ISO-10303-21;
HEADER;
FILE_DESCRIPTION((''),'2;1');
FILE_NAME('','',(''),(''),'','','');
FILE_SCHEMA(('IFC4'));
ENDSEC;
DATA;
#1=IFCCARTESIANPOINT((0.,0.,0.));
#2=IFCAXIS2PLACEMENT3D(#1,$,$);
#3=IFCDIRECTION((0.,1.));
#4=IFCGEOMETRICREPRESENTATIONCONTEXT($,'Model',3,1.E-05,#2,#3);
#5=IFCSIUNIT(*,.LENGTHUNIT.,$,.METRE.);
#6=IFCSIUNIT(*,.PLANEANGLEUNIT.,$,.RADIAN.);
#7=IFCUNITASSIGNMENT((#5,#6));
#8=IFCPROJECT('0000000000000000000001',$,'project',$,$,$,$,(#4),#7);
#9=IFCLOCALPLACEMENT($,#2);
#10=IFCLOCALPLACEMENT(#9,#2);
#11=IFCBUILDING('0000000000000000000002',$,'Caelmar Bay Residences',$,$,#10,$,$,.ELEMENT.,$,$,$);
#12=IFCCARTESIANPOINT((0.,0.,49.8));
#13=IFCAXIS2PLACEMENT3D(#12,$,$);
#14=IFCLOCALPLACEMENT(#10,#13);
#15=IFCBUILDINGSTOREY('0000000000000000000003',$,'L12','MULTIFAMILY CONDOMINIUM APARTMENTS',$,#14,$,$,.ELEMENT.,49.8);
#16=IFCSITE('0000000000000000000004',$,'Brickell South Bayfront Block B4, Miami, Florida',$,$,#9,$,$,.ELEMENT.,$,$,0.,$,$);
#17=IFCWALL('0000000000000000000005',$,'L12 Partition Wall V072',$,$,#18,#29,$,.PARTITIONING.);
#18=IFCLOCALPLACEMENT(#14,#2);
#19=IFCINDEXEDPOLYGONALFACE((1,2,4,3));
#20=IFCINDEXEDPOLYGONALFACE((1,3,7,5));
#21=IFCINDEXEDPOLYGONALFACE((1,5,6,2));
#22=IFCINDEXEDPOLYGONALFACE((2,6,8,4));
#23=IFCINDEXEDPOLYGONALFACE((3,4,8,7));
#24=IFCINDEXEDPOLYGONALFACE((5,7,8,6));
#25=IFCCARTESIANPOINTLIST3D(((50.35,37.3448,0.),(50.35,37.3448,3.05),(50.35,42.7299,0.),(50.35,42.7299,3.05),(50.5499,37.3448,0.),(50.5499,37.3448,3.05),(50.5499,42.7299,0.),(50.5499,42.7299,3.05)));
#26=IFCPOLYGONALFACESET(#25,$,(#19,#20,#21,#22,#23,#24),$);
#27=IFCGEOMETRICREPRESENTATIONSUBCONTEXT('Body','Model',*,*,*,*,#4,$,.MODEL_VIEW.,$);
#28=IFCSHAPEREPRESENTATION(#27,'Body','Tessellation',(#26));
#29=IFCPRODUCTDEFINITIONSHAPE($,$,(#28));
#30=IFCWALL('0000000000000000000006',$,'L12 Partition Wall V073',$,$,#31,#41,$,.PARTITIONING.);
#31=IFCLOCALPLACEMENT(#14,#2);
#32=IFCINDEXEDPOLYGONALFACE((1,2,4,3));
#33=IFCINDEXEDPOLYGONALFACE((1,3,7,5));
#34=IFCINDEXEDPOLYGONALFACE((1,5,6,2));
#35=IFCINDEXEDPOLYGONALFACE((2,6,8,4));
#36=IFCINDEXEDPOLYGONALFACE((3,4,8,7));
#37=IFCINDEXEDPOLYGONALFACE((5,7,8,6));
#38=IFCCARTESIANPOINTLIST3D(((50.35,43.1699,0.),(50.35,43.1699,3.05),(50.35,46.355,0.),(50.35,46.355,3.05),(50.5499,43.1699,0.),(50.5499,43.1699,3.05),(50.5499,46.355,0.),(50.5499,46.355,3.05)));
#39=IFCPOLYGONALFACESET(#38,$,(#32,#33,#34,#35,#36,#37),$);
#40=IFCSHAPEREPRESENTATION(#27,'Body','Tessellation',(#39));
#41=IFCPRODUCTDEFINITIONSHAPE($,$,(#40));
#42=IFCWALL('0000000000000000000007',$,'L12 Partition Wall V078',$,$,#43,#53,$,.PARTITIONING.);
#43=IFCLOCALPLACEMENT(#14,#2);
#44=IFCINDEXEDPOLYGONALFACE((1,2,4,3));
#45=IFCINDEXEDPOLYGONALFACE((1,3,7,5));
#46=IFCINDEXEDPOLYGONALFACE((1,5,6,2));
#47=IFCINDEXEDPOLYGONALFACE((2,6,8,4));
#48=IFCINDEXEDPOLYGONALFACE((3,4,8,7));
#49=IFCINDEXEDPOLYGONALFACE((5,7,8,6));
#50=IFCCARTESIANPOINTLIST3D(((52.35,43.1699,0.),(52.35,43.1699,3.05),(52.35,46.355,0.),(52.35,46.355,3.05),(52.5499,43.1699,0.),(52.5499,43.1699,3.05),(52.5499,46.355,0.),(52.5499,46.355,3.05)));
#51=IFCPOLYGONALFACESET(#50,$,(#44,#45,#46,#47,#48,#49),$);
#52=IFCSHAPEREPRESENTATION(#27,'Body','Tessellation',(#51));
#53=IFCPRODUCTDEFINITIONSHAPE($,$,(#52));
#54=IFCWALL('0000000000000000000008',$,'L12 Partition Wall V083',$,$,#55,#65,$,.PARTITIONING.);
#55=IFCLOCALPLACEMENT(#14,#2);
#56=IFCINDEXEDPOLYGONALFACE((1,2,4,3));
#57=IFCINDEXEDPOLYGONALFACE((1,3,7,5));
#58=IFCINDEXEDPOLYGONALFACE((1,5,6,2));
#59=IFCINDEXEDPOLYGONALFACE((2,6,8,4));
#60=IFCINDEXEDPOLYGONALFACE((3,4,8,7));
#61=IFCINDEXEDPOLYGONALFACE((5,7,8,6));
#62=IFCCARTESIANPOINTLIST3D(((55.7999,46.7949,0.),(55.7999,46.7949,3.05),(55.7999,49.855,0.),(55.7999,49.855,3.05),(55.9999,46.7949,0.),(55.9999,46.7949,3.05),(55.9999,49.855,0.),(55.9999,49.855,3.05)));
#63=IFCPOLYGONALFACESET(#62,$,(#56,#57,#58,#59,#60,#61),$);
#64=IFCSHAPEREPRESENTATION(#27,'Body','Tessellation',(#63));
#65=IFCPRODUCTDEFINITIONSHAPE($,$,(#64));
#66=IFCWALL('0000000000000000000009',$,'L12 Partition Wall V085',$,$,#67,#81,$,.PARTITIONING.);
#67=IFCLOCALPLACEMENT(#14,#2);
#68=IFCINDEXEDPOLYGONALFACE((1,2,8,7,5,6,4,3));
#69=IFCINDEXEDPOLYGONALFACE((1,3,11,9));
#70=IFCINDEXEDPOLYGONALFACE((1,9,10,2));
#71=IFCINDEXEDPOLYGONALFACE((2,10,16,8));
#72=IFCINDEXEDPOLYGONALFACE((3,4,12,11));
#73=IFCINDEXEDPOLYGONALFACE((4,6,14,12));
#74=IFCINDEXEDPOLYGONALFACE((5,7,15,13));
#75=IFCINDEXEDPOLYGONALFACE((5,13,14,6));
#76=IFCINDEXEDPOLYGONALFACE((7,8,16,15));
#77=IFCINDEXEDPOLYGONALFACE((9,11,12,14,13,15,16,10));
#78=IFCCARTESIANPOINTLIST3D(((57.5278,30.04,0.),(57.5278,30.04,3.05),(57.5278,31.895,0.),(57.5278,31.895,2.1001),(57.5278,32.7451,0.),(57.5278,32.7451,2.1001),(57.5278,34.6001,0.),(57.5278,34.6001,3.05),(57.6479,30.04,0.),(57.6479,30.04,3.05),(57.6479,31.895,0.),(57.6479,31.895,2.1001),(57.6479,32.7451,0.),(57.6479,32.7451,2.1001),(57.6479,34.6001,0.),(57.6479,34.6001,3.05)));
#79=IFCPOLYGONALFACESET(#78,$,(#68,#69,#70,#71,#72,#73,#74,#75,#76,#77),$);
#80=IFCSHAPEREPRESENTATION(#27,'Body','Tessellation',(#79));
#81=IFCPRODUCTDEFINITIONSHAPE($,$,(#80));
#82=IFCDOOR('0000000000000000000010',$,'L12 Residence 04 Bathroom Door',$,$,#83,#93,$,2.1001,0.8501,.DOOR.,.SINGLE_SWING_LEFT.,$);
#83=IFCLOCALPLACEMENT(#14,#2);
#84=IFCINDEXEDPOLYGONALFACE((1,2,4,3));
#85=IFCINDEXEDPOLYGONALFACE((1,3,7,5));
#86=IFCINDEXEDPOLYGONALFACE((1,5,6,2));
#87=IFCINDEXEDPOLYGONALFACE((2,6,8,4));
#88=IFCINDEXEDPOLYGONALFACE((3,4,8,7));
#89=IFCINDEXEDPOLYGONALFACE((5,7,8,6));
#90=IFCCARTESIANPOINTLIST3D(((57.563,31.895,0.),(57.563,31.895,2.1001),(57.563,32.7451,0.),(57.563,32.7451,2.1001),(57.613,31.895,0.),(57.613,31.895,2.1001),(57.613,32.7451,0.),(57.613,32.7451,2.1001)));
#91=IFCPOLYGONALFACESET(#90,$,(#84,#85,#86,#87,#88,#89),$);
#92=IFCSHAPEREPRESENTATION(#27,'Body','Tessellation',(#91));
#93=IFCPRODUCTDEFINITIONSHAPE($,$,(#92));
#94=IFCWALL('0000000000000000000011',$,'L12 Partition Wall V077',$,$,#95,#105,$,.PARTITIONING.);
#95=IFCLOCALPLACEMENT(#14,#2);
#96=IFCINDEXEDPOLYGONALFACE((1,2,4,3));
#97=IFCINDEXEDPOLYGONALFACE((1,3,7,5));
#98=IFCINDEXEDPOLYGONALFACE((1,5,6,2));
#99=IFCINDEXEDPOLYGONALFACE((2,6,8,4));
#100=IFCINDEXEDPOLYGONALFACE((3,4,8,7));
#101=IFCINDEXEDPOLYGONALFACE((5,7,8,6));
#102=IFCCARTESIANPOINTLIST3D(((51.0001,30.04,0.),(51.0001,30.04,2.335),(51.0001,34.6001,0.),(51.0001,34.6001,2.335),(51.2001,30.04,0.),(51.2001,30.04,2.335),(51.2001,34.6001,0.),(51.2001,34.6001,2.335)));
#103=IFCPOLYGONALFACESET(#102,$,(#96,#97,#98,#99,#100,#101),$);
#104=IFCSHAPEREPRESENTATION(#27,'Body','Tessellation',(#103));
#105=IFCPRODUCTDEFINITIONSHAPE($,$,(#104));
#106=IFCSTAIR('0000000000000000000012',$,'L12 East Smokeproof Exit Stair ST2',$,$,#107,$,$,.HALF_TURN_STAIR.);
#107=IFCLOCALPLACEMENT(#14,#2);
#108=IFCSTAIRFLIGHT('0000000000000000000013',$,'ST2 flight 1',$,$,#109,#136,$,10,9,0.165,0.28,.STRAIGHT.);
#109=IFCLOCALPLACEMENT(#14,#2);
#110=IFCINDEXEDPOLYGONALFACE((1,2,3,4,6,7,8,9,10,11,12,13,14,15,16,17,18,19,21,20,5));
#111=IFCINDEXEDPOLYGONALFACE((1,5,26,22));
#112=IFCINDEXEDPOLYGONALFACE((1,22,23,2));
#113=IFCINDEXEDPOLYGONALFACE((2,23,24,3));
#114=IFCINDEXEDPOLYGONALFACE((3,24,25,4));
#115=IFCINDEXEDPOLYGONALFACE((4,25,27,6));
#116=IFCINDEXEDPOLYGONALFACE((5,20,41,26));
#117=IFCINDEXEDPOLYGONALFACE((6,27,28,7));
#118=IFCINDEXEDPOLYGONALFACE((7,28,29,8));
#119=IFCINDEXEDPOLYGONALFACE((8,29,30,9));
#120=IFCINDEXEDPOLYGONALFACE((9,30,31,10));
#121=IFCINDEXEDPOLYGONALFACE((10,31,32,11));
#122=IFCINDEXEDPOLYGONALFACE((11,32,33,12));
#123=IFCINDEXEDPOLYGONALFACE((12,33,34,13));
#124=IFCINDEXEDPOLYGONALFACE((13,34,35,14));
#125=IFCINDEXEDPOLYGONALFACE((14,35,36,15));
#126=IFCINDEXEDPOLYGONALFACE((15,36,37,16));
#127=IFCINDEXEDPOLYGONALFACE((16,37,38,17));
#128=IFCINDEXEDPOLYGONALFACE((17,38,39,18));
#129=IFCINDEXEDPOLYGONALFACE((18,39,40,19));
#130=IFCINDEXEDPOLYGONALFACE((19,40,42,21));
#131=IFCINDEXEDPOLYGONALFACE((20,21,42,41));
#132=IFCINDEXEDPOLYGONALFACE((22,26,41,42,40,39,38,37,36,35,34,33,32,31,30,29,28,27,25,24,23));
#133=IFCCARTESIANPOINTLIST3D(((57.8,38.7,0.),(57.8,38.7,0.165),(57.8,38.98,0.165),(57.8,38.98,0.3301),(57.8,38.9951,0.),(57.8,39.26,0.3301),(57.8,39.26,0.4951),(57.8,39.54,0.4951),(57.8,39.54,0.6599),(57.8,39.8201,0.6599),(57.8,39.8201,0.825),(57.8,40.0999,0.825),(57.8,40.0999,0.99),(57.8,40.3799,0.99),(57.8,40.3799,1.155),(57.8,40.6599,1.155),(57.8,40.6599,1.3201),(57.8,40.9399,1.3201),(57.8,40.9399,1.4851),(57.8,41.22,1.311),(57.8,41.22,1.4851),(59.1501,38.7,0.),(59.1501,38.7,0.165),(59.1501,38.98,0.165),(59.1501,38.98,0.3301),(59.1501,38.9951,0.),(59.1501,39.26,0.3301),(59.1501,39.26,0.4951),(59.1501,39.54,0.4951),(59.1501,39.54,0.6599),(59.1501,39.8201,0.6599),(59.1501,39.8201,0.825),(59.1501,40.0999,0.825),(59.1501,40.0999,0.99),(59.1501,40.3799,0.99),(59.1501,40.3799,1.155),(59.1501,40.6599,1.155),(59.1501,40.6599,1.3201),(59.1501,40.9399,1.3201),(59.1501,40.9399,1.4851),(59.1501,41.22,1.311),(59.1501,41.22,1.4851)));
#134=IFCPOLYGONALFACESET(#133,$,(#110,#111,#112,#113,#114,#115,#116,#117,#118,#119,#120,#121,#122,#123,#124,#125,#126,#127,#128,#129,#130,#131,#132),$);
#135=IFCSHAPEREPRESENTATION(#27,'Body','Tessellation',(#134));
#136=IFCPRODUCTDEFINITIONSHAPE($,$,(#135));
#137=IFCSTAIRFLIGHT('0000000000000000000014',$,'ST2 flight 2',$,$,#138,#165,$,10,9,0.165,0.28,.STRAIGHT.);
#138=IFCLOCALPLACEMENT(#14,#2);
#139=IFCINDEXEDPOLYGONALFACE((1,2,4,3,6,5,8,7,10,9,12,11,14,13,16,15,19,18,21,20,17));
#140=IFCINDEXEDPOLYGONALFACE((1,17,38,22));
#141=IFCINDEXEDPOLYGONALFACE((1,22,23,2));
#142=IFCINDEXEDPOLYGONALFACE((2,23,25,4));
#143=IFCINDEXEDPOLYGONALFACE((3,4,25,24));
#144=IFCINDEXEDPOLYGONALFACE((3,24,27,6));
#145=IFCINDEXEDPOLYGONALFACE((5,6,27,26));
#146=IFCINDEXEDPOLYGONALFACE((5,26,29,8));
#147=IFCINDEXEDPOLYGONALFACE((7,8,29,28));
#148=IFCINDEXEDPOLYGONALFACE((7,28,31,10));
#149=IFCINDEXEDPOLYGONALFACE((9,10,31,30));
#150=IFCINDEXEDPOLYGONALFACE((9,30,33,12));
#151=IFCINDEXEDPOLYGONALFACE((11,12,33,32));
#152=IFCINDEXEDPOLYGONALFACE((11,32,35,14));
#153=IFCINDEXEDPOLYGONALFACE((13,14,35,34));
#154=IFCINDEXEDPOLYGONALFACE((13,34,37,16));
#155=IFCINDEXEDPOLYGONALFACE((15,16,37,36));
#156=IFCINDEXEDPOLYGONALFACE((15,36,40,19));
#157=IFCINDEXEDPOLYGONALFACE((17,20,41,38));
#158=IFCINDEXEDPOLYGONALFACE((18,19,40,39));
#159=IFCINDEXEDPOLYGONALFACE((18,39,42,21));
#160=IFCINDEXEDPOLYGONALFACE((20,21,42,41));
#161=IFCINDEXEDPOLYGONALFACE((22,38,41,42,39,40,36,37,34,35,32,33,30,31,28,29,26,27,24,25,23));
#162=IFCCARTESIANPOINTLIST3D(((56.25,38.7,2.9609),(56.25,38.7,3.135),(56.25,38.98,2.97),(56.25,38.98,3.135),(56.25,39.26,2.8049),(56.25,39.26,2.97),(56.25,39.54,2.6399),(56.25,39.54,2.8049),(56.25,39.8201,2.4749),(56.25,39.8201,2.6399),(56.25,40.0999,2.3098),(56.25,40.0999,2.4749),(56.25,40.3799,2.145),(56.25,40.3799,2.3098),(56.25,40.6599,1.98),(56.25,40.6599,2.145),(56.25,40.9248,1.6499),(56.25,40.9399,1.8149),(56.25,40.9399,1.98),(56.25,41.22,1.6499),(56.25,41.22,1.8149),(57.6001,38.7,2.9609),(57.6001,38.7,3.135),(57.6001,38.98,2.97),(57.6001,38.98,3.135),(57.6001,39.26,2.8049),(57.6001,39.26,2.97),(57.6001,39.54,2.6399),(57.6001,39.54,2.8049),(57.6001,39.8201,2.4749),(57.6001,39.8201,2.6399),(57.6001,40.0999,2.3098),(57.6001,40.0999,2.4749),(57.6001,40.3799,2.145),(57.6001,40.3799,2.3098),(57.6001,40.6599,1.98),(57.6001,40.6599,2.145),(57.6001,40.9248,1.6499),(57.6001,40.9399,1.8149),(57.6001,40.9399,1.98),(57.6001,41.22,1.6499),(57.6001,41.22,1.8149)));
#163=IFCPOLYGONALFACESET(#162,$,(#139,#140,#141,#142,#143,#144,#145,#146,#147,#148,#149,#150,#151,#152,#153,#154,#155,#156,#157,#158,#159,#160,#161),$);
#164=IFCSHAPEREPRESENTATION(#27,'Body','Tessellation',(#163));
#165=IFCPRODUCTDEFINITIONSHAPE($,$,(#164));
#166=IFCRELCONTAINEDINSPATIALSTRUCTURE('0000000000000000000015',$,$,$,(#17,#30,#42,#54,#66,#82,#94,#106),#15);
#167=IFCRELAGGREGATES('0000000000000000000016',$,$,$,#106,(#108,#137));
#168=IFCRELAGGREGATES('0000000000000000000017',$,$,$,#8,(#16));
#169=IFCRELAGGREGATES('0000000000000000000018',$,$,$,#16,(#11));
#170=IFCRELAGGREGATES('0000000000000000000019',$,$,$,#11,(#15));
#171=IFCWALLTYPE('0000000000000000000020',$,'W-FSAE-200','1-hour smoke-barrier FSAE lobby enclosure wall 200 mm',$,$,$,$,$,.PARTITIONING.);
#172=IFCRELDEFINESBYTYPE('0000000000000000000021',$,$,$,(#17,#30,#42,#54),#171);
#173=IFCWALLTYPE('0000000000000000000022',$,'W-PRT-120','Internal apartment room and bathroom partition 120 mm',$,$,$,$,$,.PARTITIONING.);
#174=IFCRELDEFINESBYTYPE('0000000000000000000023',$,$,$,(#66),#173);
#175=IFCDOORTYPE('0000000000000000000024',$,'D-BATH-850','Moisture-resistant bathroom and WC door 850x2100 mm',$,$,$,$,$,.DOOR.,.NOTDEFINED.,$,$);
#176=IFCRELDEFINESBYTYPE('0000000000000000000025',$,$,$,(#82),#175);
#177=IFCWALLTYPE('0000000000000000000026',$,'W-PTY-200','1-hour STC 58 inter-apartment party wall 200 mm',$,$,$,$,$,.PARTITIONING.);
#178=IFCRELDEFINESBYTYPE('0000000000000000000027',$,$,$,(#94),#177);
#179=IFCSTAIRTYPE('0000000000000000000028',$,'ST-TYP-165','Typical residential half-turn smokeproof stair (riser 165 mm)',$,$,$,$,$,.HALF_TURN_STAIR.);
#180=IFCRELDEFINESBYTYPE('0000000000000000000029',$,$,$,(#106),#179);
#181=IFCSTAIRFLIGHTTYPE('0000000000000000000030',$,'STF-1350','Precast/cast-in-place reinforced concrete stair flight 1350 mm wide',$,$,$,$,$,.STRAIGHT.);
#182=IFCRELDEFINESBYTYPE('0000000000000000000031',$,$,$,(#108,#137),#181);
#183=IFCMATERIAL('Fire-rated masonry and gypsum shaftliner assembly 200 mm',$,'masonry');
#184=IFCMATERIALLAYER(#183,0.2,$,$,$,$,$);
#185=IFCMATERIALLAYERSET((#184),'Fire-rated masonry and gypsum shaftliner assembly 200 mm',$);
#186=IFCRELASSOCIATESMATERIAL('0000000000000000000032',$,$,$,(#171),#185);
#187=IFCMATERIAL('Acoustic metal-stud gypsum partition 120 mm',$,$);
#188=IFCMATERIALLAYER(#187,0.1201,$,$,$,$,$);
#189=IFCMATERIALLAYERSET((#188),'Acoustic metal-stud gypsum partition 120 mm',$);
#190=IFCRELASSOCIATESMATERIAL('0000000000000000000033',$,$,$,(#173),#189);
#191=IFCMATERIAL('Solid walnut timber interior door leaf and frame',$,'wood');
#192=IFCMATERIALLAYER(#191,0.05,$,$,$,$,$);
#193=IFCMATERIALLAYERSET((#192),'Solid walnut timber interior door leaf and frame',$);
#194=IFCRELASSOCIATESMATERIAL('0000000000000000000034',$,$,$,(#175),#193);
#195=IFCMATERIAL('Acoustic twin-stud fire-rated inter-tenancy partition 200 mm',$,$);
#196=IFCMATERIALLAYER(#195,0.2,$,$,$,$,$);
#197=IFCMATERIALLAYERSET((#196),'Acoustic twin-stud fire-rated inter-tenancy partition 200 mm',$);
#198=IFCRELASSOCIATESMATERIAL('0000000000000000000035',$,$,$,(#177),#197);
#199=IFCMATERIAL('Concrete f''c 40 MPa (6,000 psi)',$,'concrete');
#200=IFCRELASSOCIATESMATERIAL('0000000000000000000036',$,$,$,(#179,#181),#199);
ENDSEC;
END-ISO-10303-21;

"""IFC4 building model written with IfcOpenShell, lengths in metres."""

from ifc_helpers import new_model, si_unit, direction, frame, frame_2d, origin, place, context, subcontext, project, spatial, polyline, rectangle, outline, extrude, material, layer, layer_set, type_object, element, fill, aggregate, save


model = new_model("IFC4")

# Units and contexts
model_context = context("Model", 3, precision=1e-05, world=origin(), true_north=direction((0.0, 1.0)))
body_context = subcontext(model_context, "Body", "Model", "MODEL_VIEW")
ifc_project = project(units=[si_unit("LENGTHUNIT", "METRE"), si_unit("PLANEANGLEUNIT", "RADIAN")], contexts=[model_context])

# Site, building, storey
site_placement = place(None, origin())
site = spatial("IfcSite", under=ifc_project, at=site_placement, Name="Brickell South Bayfront Block B4, Miami, Florida", CompositionType="ELEMENT", RefElevation=0.0)
building_placement = place(site_placement, origin())
building = spatial("IfcBuilding", under=site, at=building_placement, Name="Caelmar Bay Residences", CompositionType="ELEMENT")
storey_placement = place(building_placement, frame((0.0, 0.0, 49.8)))
storey = spatial("IfcBuildingStorey", under=building, at=storey_placement, Name="L12", Description="MULTIFAMILY CONDOMINIUM APARTMENTS", CompositionType="ELEMENT", Elevation=49.8)

# Walls
ifc_material_1 = material(Name="Fire-rated masonry and gypsum shaftliner assembly 200 mm", Category="masonry")
ifc_layer_1 = layer(ifc_material_1, 0.2)
ifc_layer_set_1 = layer_set([ifc_layer_1], Name="Fire-rated masonry and gypsum shaftliner assembly 200 mm")
wall_type_1 = type_object("IfcWallType", Name="W-FSAE-200", Description="1-hour smoke-barrier FSAE lobby enclosure wall 200 mm", PredefinedType="PARTITIONING", material=ifc_layer_set_1)
wall_1_placement = place(storey_placement, frame((50.45, 37.345, 0.0), z_axis=(0.0, 0.0, 1.0), x_axis=(0.0, 1.0, 0.0)))
element("IfcWall", 1, at=wall_1_placement, inside=storey, type_object=wall_type_1, Name="L12 Partition Wall V072", PredefinedType="PARTITIONING", context=body_context, shape_type="SweptSolid", body=[
    extrude(rectangle(XDim=5.385, YDim=0.2, at=frame_2d((2.6924, 0.0))), origin(), (0.0, 0.0, 1.0), 3.05),
])
for number, where, z_axis, x_axis, name in (
    (2, (50.45, 43.1699, 0.0), (0.0, 0.0, 1.0), (0.0, 1.0, 0.0), "L12 Partition Wall V073"),
    (3, (52.45, 43.1699, 0.0), (0.0, 0.0, 1.0), (0.0, 1.0, 0.0), "L12 Partition Wall V078"),
):
    element("IfcWall", number, at=place(storey_placement, frame(where, z_axis=z_axis, x_axis=x_axis)), inside=storey, type_object=wall_type_1, Name=name, PredefinedType="PARTITIONING", context=body_context, shape_type="SweptSolid", body=[
        extrude(rectangle(XDim=3.1851, YDim=0.2, at=frame_2d((1.5925, 0.0))), origin(), (0.0, 0.0, 1.0), 3.05),
    ])
wall_2_placement = place(storey_placement, frame((55.8999, 46.7949, 0.0), z_axis=(0.0, 0.0, 1.0), x_axis=(0.0, 1.0, 0.0)))
element("IfcWall", 4, at=wall_2_placement, inside=storey, type_object=wall_type_1, Name="L12 Partition Wall V083", PredefinedType="PARTITIONING", context=body_context, shape_type="SweptSolid", body=[
    extrude(rectangle(XDim=3.0601, YDim=0.2, at=frame_2d((1.53, 0.0))), origin(), (0.0, 0.0, 1.0), 3.05),
])

# Wall, opening, door
ifc_material_2 = material(Name="Acoustic metal-stud gypsum partition 120 mm")
ifc_layer_2 = layer(ifc_material_2, 0.1201)
ifc_layer_set_2 = layer_set([ifc_layer_2], Name="Acoustic metal-stud gypsum partition 120 mm")
wall_type_2 = type_object("IfcWallType", Name="W-PRT-120", Description="Internal apartment room and bathroom partition 120 mm", PredefinedType="PARTITIONING", material=ifc_layer_set_2)
wall_3_placement = place(storey_placement, frame((57.5879, 30.04, 0.0), z_axis=(0.0, 0.0, 1.0), x_axis=(0.0, 1.0, 0.0)))
wall_3 = element("IfcWall", 5, at=wall_3_placement, inside=storey, type_object=wall_type_2, Name="L12 Partition Wall V085", PredefinedType="PARTITIONING", context=body_context, shape_type="SweptSolid", body=[
    extrude(rectangle(XDim=4.5601, YDim=0.1201, at=frame_2d((2.28, 0.0))), origin(), (0.0, 0.0, 1.0), 3.05),
])
opening_1_placement = place(wall_3_placement, frame((1.855, 0.0, 0.0)))
opening_1 = element("IfcOpeningElement", 6, at=opening_1_placement, cuts=wall_3, PredefinedType="OPENING", context=body_context, shape_type="SweptSolid", body=[
    extrude(rectangle(XDim=0.8501, YDim=2.1001, at=frame_2d((0.425, 1.05))), frame((0.0, 0.0701, 0.0), z_axis=(0.0, -1.0, 0.0), x_axis=(1.0, 0.0, 0.0)), (0.0, 0.0, 1.0), 0.1401),
])
ifc_material_3 = material(Name="Solid walnut timber interior door leaf and frame", Category="wood")
ifc_layer_3 = layer(ifc_material_3, 0.05)
ifc_layer_set_3 = layer_set([ifc_layer_3], Name="Solid walnut timber interior door leaf and frame")
door_type_1 = type_object("IfcDoorType", Name="D-BATH-850", Description="Moisture-resistant bathroom and WC door 850x2100 mm", OperationType="NOTDEFINED", PredefinedType="DOOR", material=ifc_layer_set_3)
door_1_placement = place(opening_1_placement, origin())
door_1 = element("IfcDoor", 7, at=door_1_placement, inside=storey, type_object=door_type_1, Name="L12 Residence 04 Bathroom Door", OperationType="SINGLE_SWING_LEFT", OverallHeight=2.1001, OverallWidth=0.8501, PredefinedType="DOOR", context=body_context, shape_type="SweptSolid", body=[
    extrude(rectangle(XDim=0.8501, YDim=2.1001, at=frame_2d((0.425, 1.05))), frame((0.0, 0.0249, 0.0), z_axis=(0.0, -1.0, 0.0), x_axis=(1.0, 0.0, 0.0)), (0.0, 0.0, 1.0), 0.05),
])
fill(opening_1, door_1)

# Wall
ifc_material_4 = material(Name="Acoustic twin-stud fire-rated inter-tenancy partition 200 mm")
ifc_layer_4 = layer(ifc_material_4, 0.2)
ifc_layer_set_4 = layer_set([ifc_layer_4], Name="Acoustic twin-stud fire-rated inter-tenancy partition 200 mm")
wall_type_3 = type_object("IfcWallType", Name="W-PTY-200", Description="1-hour STC 58 inter-apartment party wall 200 mm", PredefinedType="PARTITIONING", material=ifc_layer_set_4)
wall_4_placement = place(storey_placement, frame((51.1001, 30.04, 0.0), z_axis=(0.0, 0.0, 1.0), x_axis=(0.0, 1.0, 0.0)))
element("IfcWall", 8, at=wall_4_placement, inside=storey, type_object=wall_type_3, Name="L12 Partition Wall V077", PredefinedType="PARTITIONING", context=body_context, shape_type="SweptSolid", body=[
    extrude(rectangle(XDim=4.5601, YDim=0.2, at=frame_2d((2.28, 0.0))), origin(), (0.0, 0.0, 1.0), 2.335),
])

# Stair, stair flights
ifc_material_5 = material(Name="Concrete f'c 40 MPa (6,000 psi)", Category="concrete")
stair_type = type_object("IfcStairType", Name="ST-TYP-165", Description="Typical residential half-turn smokeproof stair (riser 165 mm)", PredefinedType="HALF_TURN_STAIR", material=ifc_material_5)
stair_placement = place(storey_placement, origin())
stair = element("IfcStair", 9, at=stair_placement, inside=storey, type_object=stair_type, Name="L12 East Smokeproof Exit Stair ST2", PredefinedType="HALF_TURN_STAIR")
stair_flight_type = type_object("IfcStairFlightType", Name="STF-1350", Description="Precast/cast-in-place reinforced concrete stair flight 1350 mm wide", PredefinedType="STRAIGHT", material=ifc_material_5)
stair_flight_1_placement = place(storey_placement, frame((58.4751, 38.7, 0.0), z_axis=(0.0, 0.0, 1.0), x_axis=(0.0, 1.0, 0.0)))
stair_flight_1 = element("IfcStairFlight", 10, at=stair_flight_1_placement, type_object=stair_flight_type, Name="ST2 flight 1", NumberOfRisers=10, NumberOfTreads=9, PredefinedType="STRAIGHT", RiserHeight=0.165, TreadLength=0.28, context=body_context, shape_type="SweptSolid", body=[
    extrude(outline(polyline([(0.0, 0.0), (0.0, 0.165), (0.28, 0.165), (0.28, 0.3301), (0.5601, 0.3301), (0.5601, 0.4951), (0.8401, 0.4951), (0.8401, 0.6599), (1.1201, 0.6599), (1.1201, 0.825), (1.3999, 0.825), (1.3999, 0.99), (1.6799, 0.99), (1.6799, 1.155), (1.96, 1.155), (1.96, 1.3201), (2.24, 1.3201), (2.24, 1.4851), (2.52, 1.4851), (2.52, 1.6499), (2.52, 1.311), (0.2952, 0.0), (0.0, 0.0)])), frame((0.0, 0.675, 0.0), z_axis=(0.0, -1.0, 0.0), x_axis=(1.0, 0.0, 0.0)), (0.0, 0.0, 1.0), 1.3501),
])
stair_flight_2_placement = place(storey_placement, frame((56.925, 41.22, 1.6499), z_axis=(0.0, 0.0, 1.0), x_axis=(0.0, -1.0, 0.0)))
stair_flight_2 = element("IfcStairFlight", 11, at=stair_flight_2_placement, type_object=stair_flight_type, Name="ST2 flight 2", NumberOfRisers=10, NumberOfTreads=9, PredefinedType="STRAIGHT", RiserHeight=0.165, TreadLength=0.28, context=body_context, shape_type="SweptSolid", body=[
    extrude(outline(polyline([(0.0, 0.0), (0.0, 0.165), (0.28, 0.165), (0.28, 0.3301), (0.5601, 0.3301), (0.5601, 0.4951), (0.8401, 0.4951), (0.8401, 0.6599), (1.1201, 0.6599), (1.1201, 0.825), (1.3999, 0.825), (1.3999, 0.99), (1.6799, 0.99), (1.6799, 1.155), (1.96, 1.155), (1.96, 1.3201), (2.24, 1.3201), (2.24, 1.4851), (2.52, 1.4851), (2.52, 1.6499), (2.52, 1.311), (0.2952, 0.0), (0.0, 0.0)])), frame((0.0, 0.675, 0.0), z_axis=(0.0, -1.0, 0.0), x_axis=(1.0, 0.0, 0.0)), (0.0, 0.0, 1.0), 1.3501),
])
aggregate(stair, [stair_flight_1, stair_flight_2])

save(model, "model.ifc")
